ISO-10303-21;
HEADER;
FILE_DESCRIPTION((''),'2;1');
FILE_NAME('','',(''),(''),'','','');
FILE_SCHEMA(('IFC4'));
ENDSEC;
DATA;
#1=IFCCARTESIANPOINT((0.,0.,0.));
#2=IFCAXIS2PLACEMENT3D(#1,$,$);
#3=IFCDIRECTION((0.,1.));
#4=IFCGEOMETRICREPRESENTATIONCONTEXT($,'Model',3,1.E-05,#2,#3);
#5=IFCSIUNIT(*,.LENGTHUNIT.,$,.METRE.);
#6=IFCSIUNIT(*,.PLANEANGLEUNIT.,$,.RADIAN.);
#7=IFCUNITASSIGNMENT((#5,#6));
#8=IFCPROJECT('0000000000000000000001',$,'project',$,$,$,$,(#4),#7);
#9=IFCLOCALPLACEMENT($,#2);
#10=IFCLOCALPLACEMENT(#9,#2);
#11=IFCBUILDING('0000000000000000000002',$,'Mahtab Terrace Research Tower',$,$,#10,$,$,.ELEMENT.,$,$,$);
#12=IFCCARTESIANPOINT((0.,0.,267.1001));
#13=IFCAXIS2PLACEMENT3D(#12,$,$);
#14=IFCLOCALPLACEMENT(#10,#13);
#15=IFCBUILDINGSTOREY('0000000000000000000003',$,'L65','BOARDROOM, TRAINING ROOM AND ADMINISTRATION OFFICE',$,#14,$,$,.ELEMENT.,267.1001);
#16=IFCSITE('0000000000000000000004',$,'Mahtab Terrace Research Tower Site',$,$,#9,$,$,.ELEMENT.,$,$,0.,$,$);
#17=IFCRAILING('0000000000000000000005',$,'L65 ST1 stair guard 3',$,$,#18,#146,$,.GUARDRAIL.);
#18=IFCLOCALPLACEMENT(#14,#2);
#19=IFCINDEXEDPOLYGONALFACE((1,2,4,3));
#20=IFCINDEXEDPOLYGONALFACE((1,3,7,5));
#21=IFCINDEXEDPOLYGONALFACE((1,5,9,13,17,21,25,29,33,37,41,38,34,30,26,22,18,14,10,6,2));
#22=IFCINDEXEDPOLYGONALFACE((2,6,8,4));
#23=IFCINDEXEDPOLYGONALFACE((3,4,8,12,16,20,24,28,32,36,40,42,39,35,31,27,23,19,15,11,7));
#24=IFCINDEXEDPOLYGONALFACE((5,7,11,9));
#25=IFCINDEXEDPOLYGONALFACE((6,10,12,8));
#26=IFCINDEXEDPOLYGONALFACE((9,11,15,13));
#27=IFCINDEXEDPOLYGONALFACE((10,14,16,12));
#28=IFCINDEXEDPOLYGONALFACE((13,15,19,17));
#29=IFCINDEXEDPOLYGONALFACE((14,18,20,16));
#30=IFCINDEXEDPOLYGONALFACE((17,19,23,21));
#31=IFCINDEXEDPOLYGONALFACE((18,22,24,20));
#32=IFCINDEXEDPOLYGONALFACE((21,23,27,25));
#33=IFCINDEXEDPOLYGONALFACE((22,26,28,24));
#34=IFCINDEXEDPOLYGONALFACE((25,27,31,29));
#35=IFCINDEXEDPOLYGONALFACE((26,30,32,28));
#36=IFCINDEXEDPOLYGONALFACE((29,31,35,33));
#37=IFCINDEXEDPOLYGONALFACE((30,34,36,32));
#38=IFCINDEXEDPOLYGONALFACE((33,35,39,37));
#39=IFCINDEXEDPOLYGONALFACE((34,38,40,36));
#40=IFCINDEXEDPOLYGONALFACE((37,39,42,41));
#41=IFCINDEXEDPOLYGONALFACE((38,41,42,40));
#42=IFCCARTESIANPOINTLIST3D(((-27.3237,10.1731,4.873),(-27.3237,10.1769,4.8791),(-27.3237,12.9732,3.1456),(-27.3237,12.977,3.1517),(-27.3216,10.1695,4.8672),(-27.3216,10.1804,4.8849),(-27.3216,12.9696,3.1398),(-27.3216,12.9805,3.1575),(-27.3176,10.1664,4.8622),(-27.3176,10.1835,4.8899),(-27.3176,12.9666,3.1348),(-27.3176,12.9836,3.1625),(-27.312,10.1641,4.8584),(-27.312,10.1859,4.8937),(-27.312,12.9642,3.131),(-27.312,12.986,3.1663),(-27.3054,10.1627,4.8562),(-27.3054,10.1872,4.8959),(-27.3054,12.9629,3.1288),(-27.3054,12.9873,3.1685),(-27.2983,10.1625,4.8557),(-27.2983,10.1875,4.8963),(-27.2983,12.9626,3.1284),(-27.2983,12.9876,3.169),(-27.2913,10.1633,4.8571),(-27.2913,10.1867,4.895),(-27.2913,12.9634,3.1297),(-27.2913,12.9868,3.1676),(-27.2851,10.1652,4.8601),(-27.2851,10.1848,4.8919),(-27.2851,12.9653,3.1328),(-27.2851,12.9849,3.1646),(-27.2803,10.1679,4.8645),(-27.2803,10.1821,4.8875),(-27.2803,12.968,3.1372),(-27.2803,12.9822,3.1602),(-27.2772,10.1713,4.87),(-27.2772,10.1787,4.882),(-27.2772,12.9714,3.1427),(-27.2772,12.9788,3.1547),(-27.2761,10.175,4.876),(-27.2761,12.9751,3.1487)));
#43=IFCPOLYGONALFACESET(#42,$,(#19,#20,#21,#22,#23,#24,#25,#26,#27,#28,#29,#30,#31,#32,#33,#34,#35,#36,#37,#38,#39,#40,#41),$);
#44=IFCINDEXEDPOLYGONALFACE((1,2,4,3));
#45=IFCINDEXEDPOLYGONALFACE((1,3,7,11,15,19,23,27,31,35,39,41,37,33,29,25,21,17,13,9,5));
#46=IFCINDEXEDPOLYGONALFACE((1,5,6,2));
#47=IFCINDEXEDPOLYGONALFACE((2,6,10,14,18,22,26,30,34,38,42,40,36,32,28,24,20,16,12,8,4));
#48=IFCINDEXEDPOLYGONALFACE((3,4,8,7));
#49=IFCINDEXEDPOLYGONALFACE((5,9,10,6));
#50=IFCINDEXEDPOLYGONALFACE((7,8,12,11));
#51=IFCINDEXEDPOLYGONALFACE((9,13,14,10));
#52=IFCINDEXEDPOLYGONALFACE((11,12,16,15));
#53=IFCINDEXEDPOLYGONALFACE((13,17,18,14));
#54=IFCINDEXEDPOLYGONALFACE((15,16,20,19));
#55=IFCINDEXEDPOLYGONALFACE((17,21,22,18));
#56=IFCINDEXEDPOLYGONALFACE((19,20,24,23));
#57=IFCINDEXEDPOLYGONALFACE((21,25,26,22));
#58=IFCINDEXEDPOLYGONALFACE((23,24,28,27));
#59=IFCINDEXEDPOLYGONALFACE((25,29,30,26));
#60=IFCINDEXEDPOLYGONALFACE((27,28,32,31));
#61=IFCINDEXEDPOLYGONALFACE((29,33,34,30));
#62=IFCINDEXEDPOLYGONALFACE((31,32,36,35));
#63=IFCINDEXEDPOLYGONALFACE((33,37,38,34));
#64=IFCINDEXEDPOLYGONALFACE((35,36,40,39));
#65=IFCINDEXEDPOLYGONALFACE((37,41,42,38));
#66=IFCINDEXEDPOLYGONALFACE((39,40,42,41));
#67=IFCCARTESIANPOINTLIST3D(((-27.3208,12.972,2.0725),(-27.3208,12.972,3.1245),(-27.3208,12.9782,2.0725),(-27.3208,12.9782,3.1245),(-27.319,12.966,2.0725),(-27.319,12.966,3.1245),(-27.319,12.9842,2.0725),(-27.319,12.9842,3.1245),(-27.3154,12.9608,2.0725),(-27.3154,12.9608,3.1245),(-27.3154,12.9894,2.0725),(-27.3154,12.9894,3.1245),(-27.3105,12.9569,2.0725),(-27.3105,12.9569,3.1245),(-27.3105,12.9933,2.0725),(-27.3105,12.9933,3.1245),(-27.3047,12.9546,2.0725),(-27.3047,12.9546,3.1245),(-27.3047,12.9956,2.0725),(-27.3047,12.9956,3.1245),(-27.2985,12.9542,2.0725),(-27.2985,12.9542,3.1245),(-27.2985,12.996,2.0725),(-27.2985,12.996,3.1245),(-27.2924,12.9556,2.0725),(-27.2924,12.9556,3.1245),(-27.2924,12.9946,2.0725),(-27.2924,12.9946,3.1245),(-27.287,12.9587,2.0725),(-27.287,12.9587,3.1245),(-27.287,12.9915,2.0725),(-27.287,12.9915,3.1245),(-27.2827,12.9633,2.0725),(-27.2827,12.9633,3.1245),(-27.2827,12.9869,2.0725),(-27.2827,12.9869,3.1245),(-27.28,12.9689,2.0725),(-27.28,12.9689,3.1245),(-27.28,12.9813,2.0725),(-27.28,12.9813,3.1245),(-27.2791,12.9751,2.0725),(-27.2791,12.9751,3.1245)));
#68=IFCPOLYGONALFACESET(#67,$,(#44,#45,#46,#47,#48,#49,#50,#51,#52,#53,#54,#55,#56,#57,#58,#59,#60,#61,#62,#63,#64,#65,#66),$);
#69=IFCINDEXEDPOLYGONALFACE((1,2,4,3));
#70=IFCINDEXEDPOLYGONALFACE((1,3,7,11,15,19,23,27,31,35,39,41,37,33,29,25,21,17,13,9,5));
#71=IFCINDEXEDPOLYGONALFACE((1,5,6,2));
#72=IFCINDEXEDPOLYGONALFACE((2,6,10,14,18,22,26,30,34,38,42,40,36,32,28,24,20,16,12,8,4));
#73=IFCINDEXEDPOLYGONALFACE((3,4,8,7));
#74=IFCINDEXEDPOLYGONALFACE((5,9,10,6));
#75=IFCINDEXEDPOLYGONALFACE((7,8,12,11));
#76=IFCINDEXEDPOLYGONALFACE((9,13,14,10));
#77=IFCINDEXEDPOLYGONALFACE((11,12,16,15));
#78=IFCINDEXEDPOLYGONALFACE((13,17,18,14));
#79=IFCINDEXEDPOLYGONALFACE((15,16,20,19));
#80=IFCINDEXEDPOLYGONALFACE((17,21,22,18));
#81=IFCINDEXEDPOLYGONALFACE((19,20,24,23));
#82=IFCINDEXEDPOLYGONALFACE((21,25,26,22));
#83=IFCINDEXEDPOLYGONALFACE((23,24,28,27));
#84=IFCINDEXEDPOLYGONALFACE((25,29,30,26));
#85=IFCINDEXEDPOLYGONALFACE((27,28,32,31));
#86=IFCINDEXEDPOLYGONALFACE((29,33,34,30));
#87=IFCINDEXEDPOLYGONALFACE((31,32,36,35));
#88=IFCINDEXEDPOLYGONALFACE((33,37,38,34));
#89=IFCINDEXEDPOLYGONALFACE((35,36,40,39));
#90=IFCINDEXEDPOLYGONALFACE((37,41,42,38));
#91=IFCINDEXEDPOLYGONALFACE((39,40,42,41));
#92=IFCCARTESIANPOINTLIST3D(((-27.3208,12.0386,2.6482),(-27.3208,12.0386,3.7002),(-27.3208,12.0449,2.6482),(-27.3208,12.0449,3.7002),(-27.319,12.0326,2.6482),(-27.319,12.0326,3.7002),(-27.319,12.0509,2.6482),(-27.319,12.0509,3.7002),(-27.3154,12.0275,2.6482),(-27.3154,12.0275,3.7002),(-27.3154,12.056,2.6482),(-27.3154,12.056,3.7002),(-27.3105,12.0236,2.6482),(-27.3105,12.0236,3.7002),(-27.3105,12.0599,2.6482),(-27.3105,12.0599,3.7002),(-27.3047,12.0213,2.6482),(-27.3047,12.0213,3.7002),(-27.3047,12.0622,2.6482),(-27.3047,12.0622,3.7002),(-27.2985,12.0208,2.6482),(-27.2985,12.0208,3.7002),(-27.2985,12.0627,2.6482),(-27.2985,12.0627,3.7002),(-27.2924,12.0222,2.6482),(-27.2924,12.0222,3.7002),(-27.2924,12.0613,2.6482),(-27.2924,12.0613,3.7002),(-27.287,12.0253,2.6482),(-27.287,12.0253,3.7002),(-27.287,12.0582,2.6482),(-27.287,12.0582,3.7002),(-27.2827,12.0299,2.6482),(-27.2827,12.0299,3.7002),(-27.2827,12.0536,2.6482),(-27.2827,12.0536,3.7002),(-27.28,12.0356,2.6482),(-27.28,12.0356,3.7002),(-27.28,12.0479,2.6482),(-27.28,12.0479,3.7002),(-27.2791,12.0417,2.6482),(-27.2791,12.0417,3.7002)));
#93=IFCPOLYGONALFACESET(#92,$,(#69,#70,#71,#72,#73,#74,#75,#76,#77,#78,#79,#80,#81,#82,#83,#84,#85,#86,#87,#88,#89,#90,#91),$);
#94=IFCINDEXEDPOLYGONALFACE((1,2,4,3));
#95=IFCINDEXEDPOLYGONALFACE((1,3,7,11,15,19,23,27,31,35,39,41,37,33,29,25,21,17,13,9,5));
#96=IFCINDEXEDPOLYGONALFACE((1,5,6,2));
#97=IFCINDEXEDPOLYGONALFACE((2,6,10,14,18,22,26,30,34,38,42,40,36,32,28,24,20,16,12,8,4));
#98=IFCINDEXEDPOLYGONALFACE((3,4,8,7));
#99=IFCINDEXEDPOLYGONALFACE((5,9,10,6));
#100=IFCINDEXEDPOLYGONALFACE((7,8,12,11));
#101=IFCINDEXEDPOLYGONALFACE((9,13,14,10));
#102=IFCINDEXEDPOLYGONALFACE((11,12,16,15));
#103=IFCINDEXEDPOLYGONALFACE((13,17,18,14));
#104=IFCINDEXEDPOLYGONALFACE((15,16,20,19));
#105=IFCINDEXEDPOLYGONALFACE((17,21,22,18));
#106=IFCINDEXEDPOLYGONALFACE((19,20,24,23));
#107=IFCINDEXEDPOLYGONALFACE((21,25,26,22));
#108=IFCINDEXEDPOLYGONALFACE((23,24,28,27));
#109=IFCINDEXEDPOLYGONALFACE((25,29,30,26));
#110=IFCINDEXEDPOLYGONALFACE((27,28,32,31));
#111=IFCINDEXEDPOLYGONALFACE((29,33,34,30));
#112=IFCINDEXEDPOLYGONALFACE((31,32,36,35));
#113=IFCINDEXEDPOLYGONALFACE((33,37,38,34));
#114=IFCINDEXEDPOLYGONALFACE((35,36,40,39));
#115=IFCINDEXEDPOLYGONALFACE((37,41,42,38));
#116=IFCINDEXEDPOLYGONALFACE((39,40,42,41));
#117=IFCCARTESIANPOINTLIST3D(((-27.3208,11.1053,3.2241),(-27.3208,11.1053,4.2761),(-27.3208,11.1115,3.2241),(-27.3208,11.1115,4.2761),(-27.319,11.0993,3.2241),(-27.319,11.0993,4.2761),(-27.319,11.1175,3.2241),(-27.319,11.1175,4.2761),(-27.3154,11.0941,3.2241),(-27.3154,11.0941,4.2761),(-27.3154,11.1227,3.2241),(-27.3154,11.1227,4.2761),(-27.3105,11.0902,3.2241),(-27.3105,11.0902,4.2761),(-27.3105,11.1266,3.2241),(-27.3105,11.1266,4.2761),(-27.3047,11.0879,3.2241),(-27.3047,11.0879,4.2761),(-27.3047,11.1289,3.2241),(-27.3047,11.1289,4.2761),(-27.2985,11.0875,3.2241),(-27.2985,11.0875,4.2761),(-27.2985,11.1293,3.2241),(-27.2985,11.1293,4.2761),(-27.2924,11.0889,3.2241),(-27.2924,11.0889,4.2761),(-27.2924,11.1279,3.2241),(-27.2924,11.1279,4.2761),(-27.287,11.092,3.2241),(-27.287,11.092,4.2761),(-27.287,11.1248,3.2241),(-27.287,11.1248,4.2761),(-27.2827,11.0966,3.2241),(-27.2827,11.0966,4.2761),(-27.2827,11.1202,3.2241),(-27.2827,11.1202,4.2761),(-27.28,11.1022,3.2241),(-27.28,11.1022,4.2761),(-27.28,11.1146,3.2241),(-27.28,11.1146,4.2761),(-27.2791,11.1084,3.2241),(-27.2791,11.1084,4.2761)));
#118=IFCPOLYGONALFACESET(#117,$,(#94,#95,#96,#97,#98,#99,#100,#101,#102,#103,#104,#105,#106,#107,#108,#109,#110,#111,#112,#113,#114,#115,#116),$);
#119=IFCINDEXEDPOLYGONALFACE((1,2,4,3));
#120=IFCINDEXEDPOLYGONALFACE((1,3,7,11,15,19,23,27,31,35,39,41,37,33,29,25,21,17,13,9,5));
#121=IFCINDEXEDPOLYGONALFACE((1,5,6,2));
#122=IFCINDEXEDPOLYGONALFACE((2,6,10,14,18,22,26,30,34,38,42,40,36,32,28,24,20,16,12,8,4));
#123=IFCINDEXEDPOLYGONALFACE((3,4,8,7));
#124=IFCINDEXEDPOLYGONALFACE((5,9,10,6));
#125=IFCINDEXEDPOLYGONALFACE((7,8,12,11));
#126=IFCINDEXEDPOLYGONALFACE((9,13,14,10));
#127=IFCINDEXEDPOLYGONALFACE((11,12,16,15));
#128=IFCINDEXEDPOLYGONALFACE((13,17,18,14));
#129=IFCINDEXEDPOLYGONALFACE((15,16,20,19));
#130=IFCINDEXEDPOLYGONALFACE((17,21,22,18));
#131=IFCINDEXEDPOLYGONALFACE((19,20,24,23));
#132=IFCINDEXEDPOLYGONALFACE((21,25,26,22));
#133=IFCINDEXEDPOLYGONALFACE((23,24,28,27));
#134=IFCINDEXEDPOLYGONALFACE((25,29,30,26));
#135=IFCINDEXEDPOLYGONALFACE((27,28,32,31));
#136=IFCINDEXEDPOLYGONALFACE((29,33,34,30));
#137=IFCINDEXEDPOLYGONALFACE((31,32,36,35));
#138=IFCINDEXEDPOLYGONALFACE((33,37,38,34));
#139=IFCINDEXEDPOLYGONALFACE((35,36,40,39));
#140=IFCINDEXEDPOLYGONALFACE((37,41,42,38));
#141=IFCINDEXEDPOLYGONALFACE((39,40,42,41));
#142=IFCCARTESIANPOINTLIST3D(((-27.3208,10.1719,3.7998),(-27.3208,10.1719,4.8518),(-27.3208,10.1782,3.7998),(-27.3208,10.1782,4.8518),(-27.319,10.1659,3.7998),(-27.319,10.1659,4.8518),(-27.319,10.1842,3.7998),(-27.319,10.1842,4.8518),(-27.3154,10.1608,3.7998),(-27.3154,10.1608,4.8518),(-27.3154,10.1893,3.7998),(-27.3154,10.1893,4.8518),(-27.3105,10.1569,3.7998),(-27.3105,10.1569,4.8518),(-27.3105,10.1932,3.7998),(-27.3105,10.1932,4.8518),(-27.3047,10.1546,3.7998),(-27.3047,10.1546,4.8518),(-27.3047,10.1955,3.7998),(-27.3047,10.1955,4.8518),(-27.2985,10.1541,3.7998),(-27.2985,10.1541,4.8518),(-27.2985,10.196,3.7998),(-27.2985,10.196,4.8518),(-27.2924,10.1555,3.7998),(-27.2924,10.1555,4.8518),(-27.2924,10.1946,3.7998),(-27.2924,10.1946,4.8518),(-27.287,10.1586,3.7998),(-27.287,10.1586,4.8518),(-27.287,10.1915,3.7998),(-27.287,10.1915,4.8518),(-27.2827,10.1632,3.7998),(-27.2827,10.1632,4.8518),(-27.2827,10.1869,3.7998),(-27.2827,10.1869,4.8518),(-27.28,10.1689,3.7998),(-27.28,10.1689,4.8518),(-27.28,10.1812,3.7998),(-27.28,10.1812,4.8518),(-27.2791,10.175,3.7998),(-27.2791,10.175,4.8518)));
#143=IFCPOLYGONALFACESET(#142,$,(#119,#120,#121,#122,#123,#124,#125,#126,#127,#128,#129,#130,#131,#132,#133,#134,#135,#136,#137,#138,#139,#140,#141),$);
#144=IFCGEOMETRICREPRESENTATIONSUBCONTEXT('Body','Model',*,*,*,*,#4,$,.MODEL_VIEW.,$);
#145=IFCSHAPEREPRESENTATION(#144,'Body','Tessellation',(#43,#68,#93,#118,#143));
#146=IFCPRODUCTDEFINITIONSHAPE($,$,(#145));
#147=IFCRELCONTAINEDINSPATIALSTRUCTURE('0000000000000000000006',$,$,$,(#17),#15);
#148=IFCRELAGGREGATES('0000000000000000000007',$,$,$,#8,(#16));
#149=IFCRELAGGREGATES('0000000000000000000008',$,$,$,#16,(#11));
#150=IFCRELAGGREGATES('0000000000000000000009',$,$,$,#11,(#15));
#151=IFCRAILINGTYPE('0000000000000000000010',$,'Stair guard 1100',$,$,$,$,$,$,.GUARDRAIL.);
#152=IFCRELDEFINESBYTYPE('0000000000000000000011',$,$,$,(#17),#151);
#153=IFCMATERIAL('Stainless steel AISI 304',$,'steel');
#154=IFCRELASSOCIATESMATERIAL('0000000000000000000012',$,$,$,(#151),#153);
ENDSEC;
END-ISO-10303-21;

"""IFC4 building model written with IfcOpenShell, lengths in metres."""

from ifc_helpers import new_model, si_unit, direction, frame, origin, origin_2d, place, context, subcontext, project, spatial, circle, extrude, material, type_object, element, save


model = new_model("IFC4")

# Units and contexts
model_context = context("Model", 3, precision=1e-05, world=origin(), true_north=direction((0.0, 1.0)))
body_context = subcontext(model_context, "Body", "Model", "MODEL_VIEW")
ifc_project = project(units=[si_unit("LENGTHUNIT", "METRE"), si_unit("PLANEANGLEUNIT", "RADIAN")], contexts=[model_context])

# Site, building, storey
site_placement = place(None, origin())
site = spatial("IfcSite", under=ifc_project, at=site_placement, Name="Mahtab Terrace Research Tower Site", CompositionType="ELEMENT", RefElevation=0.0)
building_placement = place(site_placement, origin())
building = spatial("IfcBuilding", under=site, at=building_placement, Name="Mahtab Terrace Research Tower", CompositionType="ELEMENT")
storey_placement = place(building_placement, frame((0.0, 0.0, 267.1001)))
storey = spatial("IfcBuildingStorey", under=building, at=storey_placement, Name="L65", Description="BOARDROOM, TRAINING ROOM AND ADMINISTRATION OFFICE", CompositionType="ELEMENT", Elevation=267.1001)

# Railing
ifc_material_1 = material(Name="Stainless steel AISI 304", Category="steel")
railing_type_1 = type_object("IfcRailingType", Name="Stair guard 1100", PredefinedType="GUARDRAIL", material=ifc_material_1)
railing_1_placement = place(storey_placement, frame((-27.3, 12.9751, 2.0725)))
element("IfcRailing", 1, at=railing_1_placement, inside=storey, type_object=railing_type_1, Name="L65 ST1 stair guard 3", PredefinedType="GUARDRAIL", context=body_context, shape_type="SweptSolid", body=[
    extrude(circle(Radius=0.0239, at=origin_2d()), frame((0.0, 0.0, 1.0762), z_axis=(0.0, -0.85109, 0.52502), x_axis=(1.0, 0.0, 0.0)), (0.0, 0.0, 1.0), 3.29),
    extrude(circle(Radius=0.021, at=origin_2d()), origin(), (0.0, 0.0, 1.0), 1.052),
    extrude(circle(Radius=0.021, at=origin_2d()), frame((0.0, -0.9333, 0.5757)), (0.0, 0.0, 1.0), 1.052),
    extrude(circle(Radius=0.021, at=origin_2d()), frame((0.0, -1.8667, 1.1516)), (0.0, 0.0, 1.0), 1.052),
    extrude(circle(Radius=0.021, at=origin_2d()), frame((0.0, -2.8, 1.7273)), (0.0, 0.0, 1.0), 1.052),
])

save(model, "model.ifc")
